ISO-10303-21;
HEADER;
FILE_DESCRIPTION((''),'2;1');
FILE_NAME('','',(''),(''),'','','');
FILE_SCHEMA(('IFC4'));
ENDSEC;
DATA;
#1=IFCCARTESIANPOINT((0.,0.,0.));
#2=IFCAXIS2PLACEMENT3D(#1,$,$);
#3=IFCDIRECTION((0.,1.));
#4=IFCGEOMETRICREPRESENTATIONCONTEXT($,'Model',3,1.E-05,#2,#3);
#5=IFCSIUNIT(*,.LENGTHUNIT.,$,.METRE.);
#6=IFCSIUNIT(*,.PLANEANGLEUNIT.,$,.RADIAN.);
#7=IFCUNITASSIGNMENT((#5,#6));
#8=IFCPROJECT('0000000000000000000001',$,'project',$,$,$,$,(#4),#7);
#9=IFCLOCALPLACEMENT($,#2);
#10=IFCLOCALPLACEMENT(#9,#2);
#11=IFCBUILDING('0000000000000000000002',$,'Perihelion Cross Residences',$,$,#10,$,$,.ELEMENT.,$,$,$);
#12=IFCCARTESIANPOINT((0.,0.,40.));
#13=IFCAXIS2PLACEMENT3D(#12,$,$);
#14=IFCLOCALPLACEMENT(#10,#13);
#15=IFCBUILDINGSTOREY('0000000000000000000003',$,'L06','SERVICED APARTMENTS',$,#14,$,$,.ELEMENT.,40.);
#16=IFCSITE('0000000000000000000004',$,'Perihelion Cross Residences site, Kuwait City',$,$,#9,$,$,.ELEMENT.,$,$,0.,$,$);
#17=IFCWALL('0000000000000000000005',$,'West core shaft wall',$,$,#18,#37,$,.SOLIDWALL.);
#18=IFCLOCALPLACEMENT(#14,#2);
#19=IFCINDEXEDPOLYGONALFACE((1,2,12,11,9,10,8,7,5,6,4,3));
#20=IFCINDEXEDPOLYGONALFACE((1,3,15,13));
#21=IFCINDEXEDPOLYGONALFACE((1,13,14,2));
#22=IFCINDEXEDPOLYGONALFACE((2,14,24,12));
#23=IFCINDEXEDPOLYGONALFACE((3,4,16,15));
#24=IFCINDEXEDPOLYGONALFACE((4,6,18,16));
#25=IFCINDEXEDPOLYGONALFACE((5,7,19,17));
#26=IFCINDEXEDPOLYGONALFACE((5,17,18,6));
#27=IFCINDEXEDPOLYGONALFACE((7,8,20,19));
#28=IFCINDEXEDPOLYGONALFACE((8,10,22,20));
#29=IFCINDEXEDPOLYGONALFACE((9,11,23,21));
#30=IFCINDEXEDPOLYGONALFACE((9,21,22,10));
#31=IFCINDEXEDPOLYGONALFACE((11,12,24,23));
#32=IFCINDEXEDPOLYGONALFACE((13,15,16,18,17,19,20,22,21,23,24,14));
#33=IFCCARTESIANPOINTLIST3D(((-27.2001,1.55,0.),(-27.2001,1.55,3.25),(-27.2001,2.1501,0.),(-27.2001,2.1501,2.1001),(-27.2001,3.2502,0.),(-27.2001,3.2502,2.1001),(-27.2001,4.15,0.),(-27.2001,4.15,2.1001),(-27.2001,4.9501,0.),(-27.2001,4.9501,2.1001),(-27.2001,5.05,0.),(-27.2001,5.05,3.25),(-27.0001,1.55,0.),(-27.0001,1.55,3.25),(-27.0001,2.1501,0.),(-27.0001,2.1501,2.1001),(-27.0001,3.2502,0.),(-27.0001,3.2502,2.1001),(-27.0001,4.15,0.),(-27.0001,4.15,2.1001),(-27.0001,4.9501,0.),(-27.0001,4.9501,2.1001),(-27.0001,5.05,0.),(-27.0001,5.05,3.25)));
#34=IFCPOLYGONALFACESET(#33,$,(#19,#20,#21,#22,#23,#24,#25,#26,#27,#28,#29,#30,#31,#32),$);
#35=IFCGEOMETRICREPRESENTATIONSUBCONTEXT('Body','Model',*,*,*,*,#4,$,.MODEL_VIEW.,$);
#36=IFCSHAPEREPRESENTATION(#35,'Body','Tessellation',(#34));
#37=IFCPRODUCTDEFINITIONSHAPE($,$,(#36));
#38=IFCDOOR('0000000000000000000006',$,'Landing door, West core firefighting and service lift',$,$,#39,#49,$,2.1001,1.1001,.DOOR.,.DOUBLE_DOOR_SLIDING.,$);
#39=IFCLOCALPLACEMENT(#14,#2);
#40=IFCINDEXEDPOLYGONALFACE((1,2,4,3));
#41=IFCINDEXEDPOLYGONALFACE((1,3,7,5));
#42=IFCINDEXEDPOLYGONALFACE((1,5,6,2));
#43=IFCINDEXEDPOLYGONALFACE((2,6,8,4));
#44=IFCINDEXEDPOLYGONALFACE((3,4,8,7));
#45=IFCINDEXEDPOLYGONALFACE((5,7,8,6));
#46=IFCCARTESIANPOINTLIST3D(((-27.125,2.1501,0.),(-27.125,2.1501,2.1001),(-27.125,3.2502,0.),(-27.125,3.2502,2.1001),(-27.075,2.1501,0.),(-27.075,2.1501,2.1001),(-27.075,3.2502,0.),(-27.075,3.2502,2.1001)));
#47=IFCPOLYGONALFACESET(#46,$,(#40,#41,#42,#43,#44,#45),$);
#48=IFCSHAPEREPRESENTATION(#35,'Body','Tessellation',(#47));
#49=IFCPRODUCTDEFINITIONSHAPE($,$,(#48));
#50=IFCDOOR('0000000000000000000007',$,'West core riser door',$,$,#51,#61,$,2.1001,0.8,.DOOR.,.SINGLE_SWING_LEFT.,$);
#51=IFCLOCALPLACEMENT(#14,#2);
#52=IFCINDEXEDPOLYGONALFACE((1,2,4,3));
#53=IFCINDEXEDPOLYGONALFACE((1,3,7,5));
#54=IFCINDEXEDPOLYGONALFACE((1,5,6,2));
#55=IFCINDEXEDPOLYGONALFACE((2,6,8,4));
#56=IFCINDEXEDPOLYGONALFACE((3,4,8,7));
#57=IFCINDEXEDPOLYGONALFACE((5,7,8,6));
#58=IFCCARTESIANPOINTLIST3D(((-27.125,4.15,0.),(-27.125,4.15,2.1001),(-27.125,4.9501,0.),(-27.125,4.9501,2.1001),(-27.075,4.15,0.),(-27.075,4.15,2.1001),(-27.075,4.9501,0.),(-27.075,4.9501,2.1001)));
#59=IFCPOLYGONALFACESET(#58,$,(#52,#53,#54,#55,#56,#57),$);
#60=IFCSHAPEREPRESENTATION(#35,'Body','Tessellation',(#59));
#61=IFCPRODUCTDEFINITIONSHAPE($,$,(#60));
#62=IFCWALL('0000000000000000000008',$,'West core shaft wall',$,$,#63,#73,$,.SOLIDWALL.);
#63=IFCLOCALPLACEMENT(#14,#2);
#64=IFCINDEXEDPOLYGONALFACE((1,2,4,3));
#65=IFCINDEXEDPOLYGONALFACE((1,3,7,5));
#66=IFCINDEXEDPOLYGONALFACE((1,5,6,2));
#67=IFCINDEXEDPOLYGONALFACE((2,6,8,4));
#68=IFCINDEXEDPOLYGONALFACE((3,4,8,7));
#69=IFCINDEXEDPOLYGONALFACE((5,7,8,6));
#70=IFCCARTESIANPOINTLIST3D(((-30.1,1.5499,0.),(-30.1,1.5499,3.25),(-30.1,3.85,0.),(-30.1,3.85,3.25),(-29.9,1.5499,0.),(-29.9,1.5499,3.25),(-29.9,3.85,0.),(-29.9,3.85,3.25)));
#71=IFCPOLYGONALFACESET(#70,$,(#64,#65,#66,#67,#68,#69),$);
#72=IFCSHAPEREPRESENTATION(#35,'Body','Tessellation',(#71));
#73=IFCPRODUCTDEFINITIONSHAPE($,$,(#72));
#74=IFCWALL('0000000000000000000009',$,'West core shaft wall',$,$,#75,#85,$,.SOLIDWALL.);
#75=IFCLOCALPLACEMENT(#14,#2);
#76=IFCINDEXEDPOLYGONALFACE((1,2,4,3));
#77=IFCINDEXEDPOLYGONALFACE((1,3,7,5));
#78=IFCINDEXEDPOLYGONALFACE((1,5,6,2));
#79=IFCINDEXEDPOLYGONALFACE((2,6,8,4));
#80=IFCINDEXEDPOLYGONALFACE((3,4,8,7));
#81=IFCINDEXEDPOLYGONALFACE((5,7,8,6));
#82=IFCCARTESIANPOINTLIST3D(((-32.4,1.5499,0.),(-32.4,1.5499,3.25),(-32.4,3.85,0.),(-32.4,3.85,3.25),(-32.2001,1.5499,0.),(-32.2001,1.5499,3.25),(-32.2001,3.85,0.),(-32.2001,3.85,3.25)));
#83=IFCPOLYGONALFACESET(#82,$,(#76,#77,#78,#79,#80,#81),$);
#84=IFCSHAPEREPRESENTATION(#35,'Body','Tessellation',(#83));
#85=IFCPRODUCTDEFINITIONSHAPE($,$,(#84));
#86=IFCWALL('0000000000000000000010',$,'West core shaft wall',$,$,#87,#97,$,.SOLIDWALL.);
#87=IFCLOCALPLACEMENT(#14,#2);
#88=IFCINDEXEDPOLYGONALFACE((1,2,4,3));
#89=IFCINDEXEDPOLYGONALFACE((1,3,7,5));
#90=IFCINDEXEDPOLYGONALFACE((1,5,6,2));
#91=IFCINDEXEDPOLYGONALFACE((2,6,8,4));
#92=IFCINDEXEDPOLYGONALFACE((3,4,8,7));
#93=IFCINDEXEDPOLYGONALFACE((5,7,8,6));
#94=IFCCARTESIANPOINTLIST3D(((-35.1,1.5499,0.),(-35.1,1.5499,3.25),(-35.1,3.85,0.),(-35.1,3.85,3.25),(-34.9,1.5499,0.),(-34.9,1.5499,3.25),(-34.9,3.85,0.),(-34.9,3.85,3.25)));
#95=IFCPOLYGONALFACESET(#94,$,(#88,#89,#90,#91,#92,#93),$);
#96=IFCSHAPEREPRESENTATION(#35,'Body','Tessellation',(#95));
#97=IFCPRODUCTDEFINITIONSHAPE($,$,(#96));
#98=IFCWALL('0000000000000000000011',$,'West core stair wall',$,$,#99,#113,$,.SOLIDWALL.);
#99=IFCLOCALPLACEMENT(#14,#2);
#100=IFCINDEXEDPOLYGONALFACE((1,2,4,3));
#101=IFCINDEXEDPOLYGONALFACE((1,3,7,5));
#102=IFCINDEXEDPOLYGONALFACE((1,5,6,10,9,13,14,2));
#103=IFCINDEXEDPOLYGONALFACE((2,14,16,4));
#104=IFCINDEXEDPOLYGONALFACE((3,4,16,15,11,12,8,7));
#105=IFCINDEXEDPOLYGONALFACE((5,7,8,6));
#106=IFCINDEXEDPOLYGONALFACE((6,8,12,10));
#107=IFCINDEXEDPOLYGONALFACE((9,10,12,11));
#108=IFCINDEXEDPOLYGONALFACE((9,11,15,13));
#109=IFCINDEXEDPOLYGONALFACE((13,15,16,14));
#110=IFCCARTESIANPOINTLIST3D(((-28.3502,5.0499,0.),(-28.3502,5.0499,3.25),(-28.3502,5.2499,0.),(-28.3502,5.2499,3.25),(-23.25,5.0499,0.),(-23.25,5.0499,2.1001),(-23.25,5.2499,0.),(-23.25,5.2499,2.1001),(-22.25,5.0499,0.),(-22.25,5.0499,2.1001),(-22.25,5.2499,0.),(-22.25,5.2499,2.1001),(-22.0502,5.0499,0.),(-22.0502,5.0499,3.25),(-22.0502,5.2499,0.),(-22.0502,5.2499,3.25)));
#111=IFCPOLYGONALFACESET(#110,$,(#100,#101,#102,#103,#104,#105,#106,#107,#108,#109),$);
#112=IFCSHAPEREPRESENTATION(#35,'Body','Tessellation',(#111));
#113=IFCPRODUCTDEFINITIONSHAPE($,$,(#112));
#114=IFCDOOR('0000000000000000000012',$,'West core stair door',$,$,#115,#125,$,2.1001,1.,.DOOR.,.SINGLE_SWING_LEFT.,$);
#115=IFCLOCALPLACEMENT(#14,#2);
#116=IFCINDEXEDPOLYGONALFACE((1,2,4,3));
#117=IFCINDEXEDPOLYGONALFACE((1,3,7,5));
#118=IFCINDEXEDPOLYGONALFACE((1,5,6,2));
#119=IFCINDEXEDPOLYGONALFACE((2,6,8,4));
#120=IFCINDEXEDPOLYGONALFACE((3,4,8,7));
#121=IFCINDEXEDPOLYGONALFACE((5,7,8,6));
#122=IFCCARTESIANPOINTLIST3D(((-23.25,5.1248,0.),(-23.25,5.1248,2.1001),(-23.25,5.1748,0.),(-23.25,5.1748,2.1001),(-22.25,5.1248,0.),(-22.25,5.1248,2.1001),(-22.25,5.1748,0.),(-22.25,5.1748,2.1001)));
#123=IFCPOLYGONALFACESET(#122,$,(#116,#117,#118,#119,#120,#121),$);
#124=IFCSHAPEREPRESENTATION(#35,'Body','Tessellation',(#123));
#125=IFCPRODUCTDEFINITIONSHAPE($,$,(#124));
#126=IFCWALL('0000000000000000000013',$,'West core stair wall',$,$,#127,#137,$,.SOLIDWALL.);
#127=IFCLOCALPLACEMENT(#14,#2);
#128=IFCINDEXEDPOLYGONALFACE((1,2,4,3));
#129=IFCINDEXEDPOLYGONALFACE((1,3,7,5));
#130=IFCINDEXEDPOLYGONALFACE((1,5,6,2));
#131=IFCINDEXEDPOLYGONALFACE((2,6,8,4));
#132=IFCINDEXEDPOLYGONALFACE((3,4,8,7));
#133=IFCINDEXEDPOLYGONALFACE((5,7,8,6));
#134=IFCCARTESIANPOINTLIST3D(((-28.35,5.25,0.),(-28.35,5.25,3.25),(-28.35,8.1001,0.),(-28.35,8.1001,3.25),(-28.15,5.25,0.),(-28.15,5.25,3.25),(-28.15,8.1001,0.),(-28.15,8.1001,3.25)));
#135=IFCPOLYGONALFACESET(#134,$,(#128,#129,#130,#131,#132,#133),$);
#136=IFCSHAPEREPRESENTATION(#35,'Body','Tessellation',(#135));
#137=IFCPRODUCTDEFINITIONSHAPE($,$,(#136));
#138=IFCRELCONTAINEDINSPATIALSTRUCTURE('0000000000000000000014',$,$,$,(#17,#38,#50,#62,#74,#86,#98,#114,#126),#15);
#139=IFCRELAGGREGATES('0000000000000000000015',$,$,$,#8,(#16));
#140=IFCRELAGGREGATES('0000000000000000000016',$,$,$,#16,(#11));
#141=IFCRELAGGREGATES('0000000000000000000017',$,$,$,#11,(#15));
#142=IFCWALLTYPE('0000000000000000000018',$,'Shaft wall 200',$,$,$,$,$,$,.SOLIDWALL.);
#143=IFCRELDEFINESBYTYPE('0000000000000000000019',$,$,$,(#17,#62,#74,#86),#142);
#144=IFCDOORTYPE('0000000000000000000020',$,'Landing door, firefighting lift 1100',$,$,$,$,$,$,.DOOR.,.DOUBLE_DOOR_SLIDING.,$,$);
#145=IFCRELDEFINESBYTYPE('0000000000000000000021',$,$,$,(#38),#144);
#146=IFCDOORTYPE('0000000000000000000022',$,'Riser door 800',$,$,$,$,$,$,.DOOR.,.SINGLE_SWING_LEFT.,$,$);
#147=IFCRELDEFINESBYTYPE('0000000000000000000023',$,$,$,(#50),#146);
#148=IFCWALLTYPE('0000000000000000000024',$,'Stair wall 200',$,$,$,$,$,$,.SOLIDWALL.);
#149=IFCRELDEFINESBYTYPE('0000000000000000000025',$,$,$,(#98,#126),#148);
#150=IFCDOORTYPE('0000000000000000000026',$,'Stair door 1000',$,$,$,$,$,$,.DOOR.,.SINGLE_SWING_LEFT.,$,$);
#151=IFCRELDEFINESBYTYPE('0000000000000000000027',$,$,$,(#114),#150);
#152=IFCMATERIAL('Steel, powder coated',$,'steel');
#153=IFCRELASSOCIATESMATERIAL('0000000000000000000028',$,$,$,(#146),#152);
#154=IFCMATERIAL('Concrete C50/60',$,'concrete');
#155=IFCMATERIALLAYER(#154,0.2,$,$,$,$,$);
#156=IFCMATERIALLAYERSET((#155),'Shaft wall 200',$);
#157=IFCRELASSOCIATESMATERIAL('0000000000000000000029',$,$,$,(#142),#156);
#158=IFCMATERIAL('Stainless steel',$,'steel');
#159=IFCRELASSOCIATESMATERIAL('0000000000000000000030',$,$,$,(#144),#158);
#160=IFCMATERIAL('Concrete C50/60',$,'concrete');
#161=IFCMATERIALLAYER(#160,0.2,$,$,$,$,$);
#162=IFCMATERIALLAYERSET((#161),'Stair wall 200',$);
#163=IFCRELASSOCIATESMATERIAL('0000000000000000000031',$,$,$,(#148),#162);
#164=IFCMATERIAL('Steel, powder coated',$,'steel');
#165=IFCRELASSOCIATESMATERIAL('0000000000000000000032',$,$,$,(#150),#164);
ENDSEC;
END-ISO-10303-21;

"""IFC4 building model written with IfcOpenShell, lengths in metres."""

from ifc_helpers import new_model, si_unit, direction, frame, frame_2d, origin, place, context, subcontext, project, spatial, rectangle, extrude, material, layer, layer_set, type_object, element, fill, save


model = new_model("IFC4")

# Units and contexts
model_context = context("Model", 3, precision=1e-05, world=origin(), true_north=direction((0.0, 1.0)))
body_context = subcontext(model_context, "Body", "Model", "MODEL_VIEW")
ifc_project = project(units=[si_unit("LENGTHUNIT", "METRE"), si_unit("PLANEANGLEUNIT", "RADIAN")], contexts=[model_context])

# Site, building, storey
site_placement = place(None, origin())
site = spatial("IfcSite", under=ifc_project, at=site_placement, Name="Perihelion Cross Residences site, Kuwait City", CompositionType="ELEMENT", RefElevation=0.0)
building_placement = place(site_placement, origin())
building = spatial("IfcBuilding", under=site, at=building_placement, Name="Perihelion Cross Residences", CompositionType="ELEMENT")
storey_placement = place(building_placement, frame((0.0, 0.0, 40.0)))
storey = spatial("IfcBuildingStorey", under=building, at=storey_placement, Name="L06", Description="SERVICED APARTMENTS", CompositionType="ELEMENT", Elevation=40.0)

# Shared definitions
ifc_material_1 = material(Name="Steel, powder coated", Category="steel")
door_type_1 = type_object("IfcDoorType", Name="Riser door 800", OperationType="SINGLE_SWING_LEFT", PredefinedType="DOOR", material=ifc_material_1)

# Shared definitions
ifc_material_2 = material(Name="Concrete C50/60", Category="concrete")
ifc_layer_1 = layer(ifc_material_2, 0.2)
ifc_layer_set_1 = layer_set([ifc_layer_1], Name="Shaft wall 200")
wall_type_1 = type_object("IfcWallType", Name="Shaft wall 200", PredefinedType="SOLIDWALL", material=ifc_layer_set_1)

# Wall, openings, doors
wall_1_placement = place(storey_placement, frame((-27.1001, 1.55, 0.0), z_axis=(0.0, 0.0, 1.0), x_axis=(0.0, 1.0, 0.0)))
wall_1 = element("IfcWall", 1, at=wall_1_placement, inside=storey, type_object=wall_type_1, Name="West core shaft wall", PredefinedType="SOLIDWALL", context=body_context, shape_type="SweptSolid", body=[
    extrude(rectangle(XDim=3.5, YDim=0.2, at=frame_2d((1.75, 0.0))), origin(), (0.0, 0.0, 1.0), 3.25),
])
opening_1_placement = place(wall_1_placement, frame((0.6001, 0.0, 0.0)))
opening_1 = element("IfcOpeningElement", 2, at=opening_1_placement, cuts=wall_1, PredefinedType="OPENING", context=body_context, shape_type="SweptSolid", body=[
    extrude(rectangle(XDim=1.1001, YDim=2.1001, at=frame_2d((0.55, 1.05))), frame((0.0, 0.1099, 0.0), z_axis=(0.0, -1.0, 0.0), x_axis=(1.0, 0.0, 0.0)), (0.0, 0.0, 1.0), 0.22),
])
opening_2_placement = place(wall_1_placement, frame((2.6001, 0.0, 0.0)))
opening_2 = element("IfcOpeningElement", 3, at=opening_2_placement, cuts=wall_1, PredefinedType="OPENING", context=body_context, shape_type="SweptSolid", body=[
    extrude(rectangle(XDim=0.8, YDim=2.1001, at=frame_2d((0.3999, 1.05))), frame((0.0, 0.1099, 0.0), z_axis=(0.0, -1.0, 0.0), x_axis=(1.0, 0.0, 0.0)), (0.0, 0.0, 1.0), 0.22),
])
ifc_material_3 = material(Name="Stainless steel", Category="steel")
door_type_2 = type_object("IfcDoorType", Name="Landing door, firefighting lift 1100", OperationType="DOUBLE_DOOR_SLIDING", PredefinedType="DOOR", material=ifc_material_3)
door_1_placement = place(opening_1_placement, origin())
door_1 = element("IfcDoor", 4, at=door_1_placement, inside=storey, type_object=door_type_2, Name="Landing door, West core firefighting and service lift", OperationType="DOUBLE_DOOR_SLIDING", OverallHeight=2.1001, OverallWidth=1.1001, PredefinedType="DOOR", context=body_context, shape_type="SweptSolid", body=[
    extrude(rectangle(XDim=1.1001, YDim=2.1001, at=frame_2d((0.55, 1.05))), frame((0.0, 0.0249, 0.0), z_axis=(0.0, -1.0, 0.0), x_axis=(1.0, 0.0, 0.0)), (0.0, 0.0, 1.0), 0.05),
])
fill(opening_1, door_1)
door_2_placement = place(opening_2_placement, origin())
door_2 = element("IfcDoor", 5, at=door_2_placement, inside=storey, type_object=door_type_1, Name="West core riser door", OperationType="SINGLE_SWING_LEFT", OverallHeight=2.1001, OverallWidth=0.8, PredefinedType="DOOR", context=body_context, shape_type="SweptSolid", body=[
    extrude(rectangle(XDim=0.8, YDim=2.1001, at=frame_2d((0.3999, 1.05))), frame((0.0, 0.0249, 0.0), z_axis=(0.0, -1.0, 0.0), x_axis=(1.0, 0.0, 0.0)), (0.0, 0.0, 1.0), 0.05),
])
fill(opening_2, door_2)

# Walls
for number, where, z_axis, x_axis, name in (
    (6, (-30.0, 1.55, 0.0), (0.0, 0.0, 1.0), (0.0, 1.0, 0.0), "West core shaft wall"),
    (7, (-32.3, 1.55, 0.0), (0.0, 0.0, 1.0), (0.0, 1.0, 0.0), "West core shaft wall"),
    (8, (-35.0, 1.55, 0.0), (0.0, 0.0, 1.0), (0.0, 1.0, 0.0), "West core shaft wall"),
):
    element("IfcWall", number, at=place(storey_placement, frame(where, z_axis=z_axis, x_axis=x_axis)), inside=storey, type_object=wall_type_1, Name=name, PredefinedType="SOLIDWALL", context=body_context, shape_type="SweptSolid", body=[
        extrude(rectangle(XDim=2.3, YDim=0.2, at=frame_2d((1.1499, 0.0))), origin(), (0.0, 0.0, 1.0), 3.25),
    ])

# Wall, opening, door
ifc_material_4 = material(Name="Concrete C50/60", Category="concrete")
ifc_layer_2 = layer(ifc_material_4, 0.2)
ifc_layer_set_2 = layer_set([ifc_layer_2], Name="Stair wall 200")
wall_type_2 = type_object("IfcWallType", Name="Stair wall 200", PredefinedType="SOLIDWALL", material=ifc_layer_set_2)
wall_2_placement = place(storey_placement, frame((-28.3501, 5.1499, 0.0), z_axis=(0.0, 0.0, 1.0), x_axis=(1.0, 0.0, 0.0)))
wall_2 = element("IfcWall", 9, at=wall_2_placement, inside=storey, type_object=wall_type_2, Name="West core stair wall", PredefinedType="SOLIDWALL", context=body_context, shape_type="SweptSolid", body=[
    extrude(rectangle(XDim=6.3, YDim=0.2, at=frame_2d((3.1499, 0.0))), origin(), (0.0, 0.0, 1.0), 3.25),
])
opening_3_placement = place(wall_2_placement, frame((5.1001, 0.0, 0.0)))
opening_3 = element("IfcOpeningElement", 10, at=opening_3_placement, cuts=wall_2, PredefinedType="OPENING", context=body_context, shape_type="SweptSolid", body=[
    extrude(rectangle(XDim=1.0, YDim=2.1001, at=frame_2d((0.5, 1.05))), frame((0.0, 0.1099, 0.0), z_axis=(0.0, -1.0, 0.0), x_axis=(1.0, 0.0, 0.0)), (0.0, 0.0, 1.0), 0.22),
])
ifc_material_5 = material(Name="Steel, powder coated", Category="steel")
door_type_3 = type_object("IfcDoorType", Name="Stair door 1000", OperationType="SINGLE_SWING_LEFT", PredefinedType="DOOR", material=ifc_material_5)
door_3_placement = place(opening_3_placement, origin())
door_3 = element("IfcDoor", 11, at=door_3_placement, inside=storey, type_object=door_type_3, Name="West core stair door", OperationType="SINGLE_SWING_LEFT", OverallHeight=2.1001, OverallWidth=1.0, PredefinedType="DOOR", context=body_context, shape_type="SweptSolid", body=[
    extrude(rectangle(XDim=1.0, YDim=2.1001, at=frame_2d((0.5, 1.05))), frame((0.0, 0.0249, 0.0), z_axis=(0.0, -1.0, 0.0), x_axis=(1.0, 0.0, 0.0)), (0.0, 0.0, 1.0), 0.05),
])
fill(opening_3, door_3)

# Wall
wall_3_placement = place(storey_placement, frame((-28.25, 5.25, 0.0), z_axis=(0.0, 0.0, 1.0), x_axis=(0.0, 1.0, 0.0)))
element("IfcWall", 12, at=wall_3_placement, inside=storey, type_object=wall_type_2, Name="West core stair wall", PredefinedType="SOLIDWALL", context=body_context, shape_type="SweptSolid", body=[
    extrude(rectangle(XDim=2.8501, YDim=0.2, at=frame_2d((1.425, 0.0))), origin(), (0.0, 0.0, 1.0), 3.25),
])

save(model, "model.ifc")
